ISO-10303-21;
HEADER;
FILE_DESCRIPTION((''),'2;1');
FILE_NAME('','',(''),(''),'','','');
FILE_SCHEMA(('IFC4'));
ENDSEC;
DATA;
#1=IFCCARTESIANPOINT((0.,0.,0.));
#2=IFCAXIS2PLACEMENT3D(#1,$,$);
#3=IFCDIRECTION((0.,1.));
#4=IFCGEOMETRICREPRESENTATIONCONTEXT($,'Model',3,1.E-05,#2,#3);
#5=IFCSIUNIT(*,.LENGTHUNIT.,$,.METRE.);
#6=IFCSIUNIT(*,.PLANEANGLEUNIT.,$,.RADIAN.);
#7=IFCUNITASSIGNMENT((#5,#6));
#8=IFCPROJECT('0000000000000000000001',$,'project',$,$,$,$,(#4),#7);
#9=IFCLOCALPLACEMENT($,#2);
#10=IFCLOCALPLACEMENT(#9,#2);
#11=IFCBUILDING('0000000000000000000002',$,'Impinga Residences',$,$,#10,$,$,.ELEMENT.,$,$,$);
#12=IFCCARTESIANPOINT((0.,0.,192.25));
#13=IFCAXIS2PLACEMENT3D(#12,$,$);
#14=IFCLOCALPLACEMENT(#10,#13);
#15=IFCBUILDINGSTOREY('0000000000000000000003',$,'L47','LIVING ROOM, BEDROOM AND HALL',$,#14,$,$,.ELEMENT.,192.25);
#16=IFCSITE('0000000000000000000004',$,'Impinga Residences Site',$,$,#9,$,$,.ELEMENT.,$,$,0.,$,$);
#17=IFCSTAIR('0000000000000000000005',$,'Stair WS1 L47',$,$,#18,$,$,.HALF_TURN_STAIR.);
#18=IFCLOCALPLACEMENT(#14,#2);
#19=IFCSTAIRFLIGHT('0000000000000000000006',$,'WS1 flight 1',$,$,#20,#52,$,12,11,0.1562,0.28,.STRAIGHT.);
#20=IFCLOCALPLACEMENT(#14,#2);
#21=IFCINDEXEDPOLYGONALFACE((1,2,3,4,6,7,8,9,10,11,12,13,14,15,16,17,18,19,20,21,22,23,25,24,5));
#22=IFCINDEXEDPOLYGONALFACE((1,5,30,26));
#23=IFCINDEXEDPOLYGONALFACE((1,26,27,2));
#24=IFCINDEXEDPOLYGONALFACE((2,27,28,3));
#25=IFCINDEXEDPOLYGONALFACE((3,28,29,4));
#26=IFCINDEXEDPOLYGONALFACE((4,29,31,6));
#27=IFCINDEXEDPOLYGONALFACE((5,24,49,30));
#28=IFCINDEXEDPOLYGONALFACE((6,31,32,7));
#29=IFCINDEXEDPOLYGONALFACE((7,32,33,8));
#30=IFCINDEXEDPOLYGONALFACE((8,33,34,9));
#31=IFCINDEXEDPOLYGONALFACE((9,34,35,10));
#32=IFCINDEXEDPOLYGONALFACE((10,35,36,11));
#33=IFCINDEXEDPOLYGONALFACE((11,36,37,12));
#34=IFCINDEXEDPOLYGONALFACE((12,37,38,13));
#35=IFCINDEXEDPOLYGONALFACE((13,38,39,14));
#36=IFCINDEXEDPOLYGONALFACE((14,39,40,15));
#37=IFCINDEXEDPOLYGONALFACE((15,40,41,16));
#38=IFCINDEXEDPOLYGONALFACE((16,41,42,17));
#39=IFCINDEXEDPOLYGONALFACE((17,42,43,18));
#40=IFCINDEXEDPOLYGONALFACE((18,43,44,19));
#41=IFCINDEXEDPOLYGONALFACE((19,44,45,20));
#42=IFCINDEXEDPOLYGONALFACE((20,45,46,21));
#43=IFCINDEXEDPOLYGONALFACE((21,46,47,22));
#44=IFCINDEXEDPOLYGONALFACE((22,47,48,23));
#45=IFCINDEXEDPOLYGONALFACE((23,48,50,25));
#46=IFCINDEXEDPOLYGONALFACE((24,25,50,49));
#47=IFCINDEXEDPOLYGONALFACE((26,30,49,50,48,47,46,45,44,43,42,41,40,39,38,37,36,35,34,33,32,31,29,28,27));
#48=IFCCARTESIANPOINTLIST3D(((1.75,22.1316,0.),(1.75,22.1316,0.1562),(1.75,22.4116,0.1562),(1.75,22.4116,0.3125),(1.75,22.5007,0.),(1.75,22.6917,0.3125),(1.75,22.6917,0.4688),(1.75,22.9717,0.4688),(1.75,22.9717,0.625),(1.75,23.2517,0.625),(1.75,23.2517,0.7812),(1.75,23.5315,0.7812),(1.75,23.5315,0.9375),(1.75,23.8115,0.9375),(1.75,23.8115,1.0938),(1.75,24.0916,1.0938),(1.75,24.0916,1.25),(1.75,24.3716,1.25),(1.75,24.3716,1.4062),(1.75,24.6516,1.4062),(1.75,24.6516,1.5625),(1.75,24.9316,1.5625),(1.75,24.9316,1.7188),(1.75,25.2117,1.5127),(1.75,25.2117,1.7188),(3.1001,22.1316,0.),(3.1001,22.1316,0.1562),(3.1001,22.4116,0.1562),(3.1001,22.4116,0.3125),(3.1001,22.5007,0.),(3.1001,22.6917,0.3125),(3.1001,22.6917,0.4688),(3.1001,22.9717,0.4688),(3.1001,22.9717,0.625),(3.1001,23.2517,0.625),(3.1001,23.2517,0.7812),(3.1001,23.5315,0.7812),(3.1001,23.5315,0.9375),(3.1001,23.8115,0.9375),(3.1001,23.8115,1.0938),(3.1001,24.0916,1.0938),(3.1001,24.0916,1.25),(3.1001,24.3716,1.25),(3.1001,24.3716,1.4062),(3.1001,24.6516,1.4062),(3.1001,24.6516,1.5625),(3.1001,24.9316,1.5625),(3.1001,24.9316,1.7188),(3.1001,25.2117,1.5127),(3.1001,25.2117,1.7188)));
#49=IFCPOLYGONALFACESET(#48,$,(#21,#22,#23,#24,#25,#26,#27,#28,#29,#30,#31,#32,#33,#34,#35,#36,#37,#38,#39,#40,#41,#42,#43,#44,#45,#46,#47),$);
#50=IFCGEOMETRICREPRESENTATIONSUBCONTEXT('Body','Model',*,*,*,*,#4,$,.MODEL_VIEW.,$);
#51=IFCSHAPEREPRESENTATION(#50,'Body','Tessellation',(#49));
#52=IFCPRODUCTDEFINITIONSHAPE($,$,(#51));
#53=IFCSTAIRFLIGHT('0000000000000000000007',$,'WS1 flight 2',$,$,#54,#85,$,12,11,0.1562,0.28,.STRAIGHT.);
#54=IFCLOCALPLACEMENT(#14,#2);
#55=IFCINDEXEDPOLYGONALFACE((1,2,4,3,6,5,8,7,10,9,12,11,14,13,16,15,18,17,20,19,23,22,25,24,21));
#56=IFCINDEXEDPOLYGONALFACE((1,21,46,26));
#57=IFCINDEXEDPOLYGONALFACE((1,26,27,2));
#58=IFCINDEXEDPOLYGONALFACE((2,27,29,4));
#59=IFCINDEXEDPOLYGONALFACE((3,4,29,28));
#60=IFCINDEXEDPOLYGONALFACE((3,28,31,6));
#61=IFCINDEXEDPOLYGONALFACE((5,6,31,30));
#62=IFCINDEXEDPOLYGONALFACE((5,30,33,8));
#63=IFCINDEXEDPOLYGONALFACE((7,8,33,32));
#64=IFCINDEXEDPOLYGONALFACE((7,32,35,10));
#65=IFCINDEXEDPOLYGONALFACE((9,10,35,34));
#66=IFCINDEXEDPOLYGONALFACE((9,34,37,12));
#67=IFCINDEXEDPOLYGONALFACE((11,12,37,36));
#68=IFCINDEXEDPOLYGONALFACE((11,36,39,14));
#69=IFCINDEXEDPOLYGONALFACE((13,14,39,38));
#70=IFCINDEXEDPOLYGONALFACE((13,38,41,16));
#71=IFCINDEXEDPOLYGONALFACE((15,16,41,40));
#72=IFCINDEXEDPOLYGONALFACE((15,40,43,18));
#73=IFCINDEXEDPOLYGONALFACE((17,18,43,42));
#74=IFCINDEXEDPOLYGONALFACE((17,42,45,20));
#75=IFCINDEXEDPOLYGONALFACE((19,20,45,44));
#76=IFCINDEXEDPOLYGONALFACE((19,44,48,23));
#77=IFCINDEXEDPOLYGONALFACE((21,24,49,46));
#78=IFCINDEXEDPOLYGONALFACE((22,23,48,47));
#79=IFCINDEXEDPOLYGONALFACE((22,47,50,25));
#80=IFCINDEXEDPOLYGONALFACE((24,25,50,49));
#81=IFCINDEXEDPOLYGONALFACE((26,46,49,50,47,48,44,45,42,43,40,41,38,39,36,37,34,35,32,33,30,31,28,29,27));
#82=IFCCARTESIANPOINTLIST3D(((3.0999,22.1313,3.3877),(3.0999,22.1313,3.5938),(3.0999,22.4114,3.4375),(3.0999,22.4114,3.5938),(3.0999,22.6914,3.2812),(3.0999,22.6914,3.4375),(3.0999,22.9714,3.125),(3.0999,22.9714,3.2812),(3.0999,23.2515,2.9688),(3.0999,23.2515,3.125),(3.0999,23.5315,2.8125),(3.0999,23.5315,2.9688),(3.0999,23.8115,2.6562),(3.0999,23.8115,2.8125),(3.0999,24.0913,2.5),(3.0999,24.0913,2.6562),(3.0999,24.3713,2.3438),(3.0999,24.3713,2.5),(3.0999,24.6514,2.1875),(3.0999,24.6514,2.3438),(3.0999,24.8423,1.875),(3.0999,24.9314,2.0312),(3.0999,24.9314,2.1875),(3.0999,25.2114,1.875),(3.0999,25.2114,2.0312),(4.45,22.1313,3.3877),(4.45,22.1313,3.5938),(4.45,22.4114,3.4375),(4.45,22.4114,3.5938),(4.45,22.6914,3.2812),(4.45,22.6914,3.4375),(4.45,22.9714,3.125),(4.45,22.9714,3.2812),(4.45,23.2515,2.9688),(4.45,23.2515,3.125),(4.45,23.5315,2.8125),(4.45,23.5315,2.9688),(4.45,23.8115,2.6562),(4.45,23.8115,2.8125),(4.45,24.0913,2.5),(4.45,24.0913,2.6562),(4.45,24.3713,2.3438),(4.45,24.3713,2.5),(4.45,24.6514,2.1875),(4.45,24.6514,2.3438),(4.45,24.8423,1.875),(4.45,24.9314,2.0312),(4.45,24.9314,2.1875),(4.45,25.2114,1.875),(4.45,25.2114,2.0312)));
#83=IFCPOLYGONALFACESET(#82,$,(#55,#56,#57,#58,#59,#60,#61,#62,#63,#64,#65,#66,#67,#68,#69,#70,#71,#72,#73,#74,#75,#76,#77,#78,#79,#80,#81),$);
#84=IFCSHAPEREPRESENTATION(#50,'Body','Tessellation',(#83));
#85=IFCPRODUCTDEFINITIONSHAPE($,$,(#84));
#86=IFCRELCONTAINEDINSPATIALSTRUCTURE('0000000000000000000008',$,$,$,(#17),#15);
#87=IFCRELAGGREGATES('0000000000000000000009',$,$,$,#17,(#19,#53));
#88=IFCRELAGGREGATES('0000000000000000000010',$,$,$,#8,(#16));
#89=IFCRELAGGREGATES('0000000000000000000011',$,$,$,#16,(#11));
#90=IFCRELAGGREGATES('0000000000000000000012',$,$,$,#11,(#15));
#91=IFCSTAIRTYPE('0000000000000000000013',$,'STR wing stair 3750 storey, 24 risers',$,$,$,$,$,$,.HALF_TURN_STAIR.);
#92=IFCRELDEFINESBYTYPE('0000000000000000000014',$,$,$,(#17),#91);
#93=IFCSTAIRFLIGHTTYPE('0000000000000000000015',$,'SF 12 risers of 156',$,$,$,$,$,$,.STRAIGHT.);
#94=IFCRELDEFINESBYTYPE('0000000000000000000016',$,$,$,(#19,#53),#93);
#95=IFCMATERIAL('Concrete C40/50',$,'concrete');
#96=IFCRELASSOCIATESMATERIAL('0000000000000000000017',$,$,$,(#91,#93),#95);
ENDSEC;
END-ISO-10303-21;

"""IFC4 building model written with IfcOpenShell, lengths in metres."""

from ifc_helpers import new_model, si_unit, direction, frame, origin, place, context, subcontext, project, spatial, polyline, outline, extrude, material, type_object, element, aggregate, save


model = new_model("IFC4")

# Units and contexts
model_context = context("Model", 3, precision=1e-05, world=origin(), true_north=direction((0.0, 1.0)))
body_context = subcontext(model_context, "Body", "Model", "MODEL_VIEW")
ifc_project = project(units=[si_unit("LENGTHUNIT", "METRE"), si_unit("PLANEANGLEUNIT", "RADIAN")], contexts=[model_context])

# Site, building, storey
site_placement = place(None, origin())
site = spatial("IfcSite", under=ifc_project, at=site_placement, Name="Impinga Residences Site", CompositionType="ELEMENT", RefElevation=0.0)
building_placement = place(site_placement, origin())
building = spatial("IfcBuilding", under=site, at=building_placement, Name="Impinga Residences", CompositionType="ELEMENT")
storey_placement = place(building_placement, frame((0.0, 0.0, 192.25)))
storey = spatial("IfcBuildingStorey", under=building, at=storey_placement, Name="L47", Description="LIVING ROOM, BEDROOM AND HALL", CompositionType="ELEMENT", Elevation=192.25)

# Stair, stair flights
ifc_material_1 = material(Name="Concrete C40/50", Category="concrete")
stair_type = type_object("IfcStairType", Name="STR wing stair 3750 storey, 24 risers", PredefinedType="HALF_TURN_STAIR", material=ifc_material_1)
stair_placement = place(storey_placement, origin())
stair = element("IfcStair", 1, at=stair_placement, inside=storey, type_object=stair_type, Name="Stair WS1 L47", PredefinedType="HALF_TURN_STAIR")
stair_flight_type = type_object("IfcStairFlightType", Name="SF 12 risers of 156", PredefinedType="STRAIGHT", material=ifc_material_1)
stair_flight_1_placement = place(storey_placement, frame((2.425, 22.1316, 0.0), z_axis=(0.0, 0.0, 1.0), x_axis=(0.0, 1.0, 0.0)))
stair_flight_1 = element("IfcStairFlight", 2, at=stair_flight_1_placement, type_object=stair_flight_type, Name="WS1 flight 1", NumberOfRisers=12, NumberOfTreads=11, PredefinedType="STRAIGHT", RiserHeight=0.1562, TreadLength=0.28, context=body_context, shape_type="SweptSolid", body=[
    extrude(outline(polyline([(0.0, 0.0), (0.0, 0.1562), (0.28, 0.1562), (0.28, 0.3125), (0.5601, 0.3125), (0.5601, 0.4688), (0.8401, 0.4688), (0.8401, 0.625), (1.1201, 0.625), (1.1201, 0.7812), (1.3999, 0.7812), (1.3999, 0.9375), (1.6799, 0.9375), (1.6799, 1.0938), (1.96, 1.0938), (1.96, 1.25), (2.24, 1.25), (2.24, 1.4062), (2.52, 1.4062), (2.52, 1.5625), (2.8, 1.5625), (2.8, 1.7188), (3.0801, 1.7188), (3.0801, 1.875), (3.0801, 1.5127), (0.3691, 0.0), (0.0, 0.0)])), frame((0.0, 0.675, 0.0), z_axis=(0.0, -1.0, 0.0), x_axis=(1.0, 0.0, 0.0)), (0.0, 0.0, 1.0), 1.3501),
])
stair_flight_2_placement = place(storey_placement, frame((3.7749, 25.2114, 1.875), z_axis=(0.0, 0.0, 1.0), x_axis=(0.0, -1.0, 0.0)))
stair_flight_2 = element("IfcStairFlight", 3, at=stair_flight_2_placement, type_object=stair_flight_type, Name="WS1 flight 2", NumberOfRisers=12, NumberOfTreads=11, PredefinedType="STRAIGHT", RiserHeight=0.1562, TreadLength=0.28, context=body_context, shape_type="SweptSolid", body=[
    extrude(outline(polyline([(0.0, 0.0), (0.0, 0.1562), (0.28, 0.1562), (0.28, 0.3125), (0.5601, 0.3125), (0.5601, 0.4688), (0.8401, 0.4688), (0.8401, 0.625), (1.1201, 0.625), (1.1201, 0.7812), (1.3999, 0.7812), (1.3999, 0.9375), (1.6799, 0.9375), (1.6799, 1.0938), (1.96, 1.0938), (1.96, 1.25), (2.24, 1.25), (2.24, 1.4062), (2.52, 1.4062), (2.52, 1.5625), (2.8, 1.5625), (2.8, 1.7188), (3.0801, 1.7188), (3.0801, 1.875), (3.0801, 1.5127), (0.3691, 0.0), (0.0, 0.0)])), frame((0.0, 0.675, 0.0), z_axis=(0.0, -1.0, 0.0), x_axis=(1.0, 0.0, 0.0)), (0.0, 0.0, 1.0), 1.3501),
])
aggregate(stair, [stair_flight_1, stair_flight_2])

save(model, "model.ifc")
